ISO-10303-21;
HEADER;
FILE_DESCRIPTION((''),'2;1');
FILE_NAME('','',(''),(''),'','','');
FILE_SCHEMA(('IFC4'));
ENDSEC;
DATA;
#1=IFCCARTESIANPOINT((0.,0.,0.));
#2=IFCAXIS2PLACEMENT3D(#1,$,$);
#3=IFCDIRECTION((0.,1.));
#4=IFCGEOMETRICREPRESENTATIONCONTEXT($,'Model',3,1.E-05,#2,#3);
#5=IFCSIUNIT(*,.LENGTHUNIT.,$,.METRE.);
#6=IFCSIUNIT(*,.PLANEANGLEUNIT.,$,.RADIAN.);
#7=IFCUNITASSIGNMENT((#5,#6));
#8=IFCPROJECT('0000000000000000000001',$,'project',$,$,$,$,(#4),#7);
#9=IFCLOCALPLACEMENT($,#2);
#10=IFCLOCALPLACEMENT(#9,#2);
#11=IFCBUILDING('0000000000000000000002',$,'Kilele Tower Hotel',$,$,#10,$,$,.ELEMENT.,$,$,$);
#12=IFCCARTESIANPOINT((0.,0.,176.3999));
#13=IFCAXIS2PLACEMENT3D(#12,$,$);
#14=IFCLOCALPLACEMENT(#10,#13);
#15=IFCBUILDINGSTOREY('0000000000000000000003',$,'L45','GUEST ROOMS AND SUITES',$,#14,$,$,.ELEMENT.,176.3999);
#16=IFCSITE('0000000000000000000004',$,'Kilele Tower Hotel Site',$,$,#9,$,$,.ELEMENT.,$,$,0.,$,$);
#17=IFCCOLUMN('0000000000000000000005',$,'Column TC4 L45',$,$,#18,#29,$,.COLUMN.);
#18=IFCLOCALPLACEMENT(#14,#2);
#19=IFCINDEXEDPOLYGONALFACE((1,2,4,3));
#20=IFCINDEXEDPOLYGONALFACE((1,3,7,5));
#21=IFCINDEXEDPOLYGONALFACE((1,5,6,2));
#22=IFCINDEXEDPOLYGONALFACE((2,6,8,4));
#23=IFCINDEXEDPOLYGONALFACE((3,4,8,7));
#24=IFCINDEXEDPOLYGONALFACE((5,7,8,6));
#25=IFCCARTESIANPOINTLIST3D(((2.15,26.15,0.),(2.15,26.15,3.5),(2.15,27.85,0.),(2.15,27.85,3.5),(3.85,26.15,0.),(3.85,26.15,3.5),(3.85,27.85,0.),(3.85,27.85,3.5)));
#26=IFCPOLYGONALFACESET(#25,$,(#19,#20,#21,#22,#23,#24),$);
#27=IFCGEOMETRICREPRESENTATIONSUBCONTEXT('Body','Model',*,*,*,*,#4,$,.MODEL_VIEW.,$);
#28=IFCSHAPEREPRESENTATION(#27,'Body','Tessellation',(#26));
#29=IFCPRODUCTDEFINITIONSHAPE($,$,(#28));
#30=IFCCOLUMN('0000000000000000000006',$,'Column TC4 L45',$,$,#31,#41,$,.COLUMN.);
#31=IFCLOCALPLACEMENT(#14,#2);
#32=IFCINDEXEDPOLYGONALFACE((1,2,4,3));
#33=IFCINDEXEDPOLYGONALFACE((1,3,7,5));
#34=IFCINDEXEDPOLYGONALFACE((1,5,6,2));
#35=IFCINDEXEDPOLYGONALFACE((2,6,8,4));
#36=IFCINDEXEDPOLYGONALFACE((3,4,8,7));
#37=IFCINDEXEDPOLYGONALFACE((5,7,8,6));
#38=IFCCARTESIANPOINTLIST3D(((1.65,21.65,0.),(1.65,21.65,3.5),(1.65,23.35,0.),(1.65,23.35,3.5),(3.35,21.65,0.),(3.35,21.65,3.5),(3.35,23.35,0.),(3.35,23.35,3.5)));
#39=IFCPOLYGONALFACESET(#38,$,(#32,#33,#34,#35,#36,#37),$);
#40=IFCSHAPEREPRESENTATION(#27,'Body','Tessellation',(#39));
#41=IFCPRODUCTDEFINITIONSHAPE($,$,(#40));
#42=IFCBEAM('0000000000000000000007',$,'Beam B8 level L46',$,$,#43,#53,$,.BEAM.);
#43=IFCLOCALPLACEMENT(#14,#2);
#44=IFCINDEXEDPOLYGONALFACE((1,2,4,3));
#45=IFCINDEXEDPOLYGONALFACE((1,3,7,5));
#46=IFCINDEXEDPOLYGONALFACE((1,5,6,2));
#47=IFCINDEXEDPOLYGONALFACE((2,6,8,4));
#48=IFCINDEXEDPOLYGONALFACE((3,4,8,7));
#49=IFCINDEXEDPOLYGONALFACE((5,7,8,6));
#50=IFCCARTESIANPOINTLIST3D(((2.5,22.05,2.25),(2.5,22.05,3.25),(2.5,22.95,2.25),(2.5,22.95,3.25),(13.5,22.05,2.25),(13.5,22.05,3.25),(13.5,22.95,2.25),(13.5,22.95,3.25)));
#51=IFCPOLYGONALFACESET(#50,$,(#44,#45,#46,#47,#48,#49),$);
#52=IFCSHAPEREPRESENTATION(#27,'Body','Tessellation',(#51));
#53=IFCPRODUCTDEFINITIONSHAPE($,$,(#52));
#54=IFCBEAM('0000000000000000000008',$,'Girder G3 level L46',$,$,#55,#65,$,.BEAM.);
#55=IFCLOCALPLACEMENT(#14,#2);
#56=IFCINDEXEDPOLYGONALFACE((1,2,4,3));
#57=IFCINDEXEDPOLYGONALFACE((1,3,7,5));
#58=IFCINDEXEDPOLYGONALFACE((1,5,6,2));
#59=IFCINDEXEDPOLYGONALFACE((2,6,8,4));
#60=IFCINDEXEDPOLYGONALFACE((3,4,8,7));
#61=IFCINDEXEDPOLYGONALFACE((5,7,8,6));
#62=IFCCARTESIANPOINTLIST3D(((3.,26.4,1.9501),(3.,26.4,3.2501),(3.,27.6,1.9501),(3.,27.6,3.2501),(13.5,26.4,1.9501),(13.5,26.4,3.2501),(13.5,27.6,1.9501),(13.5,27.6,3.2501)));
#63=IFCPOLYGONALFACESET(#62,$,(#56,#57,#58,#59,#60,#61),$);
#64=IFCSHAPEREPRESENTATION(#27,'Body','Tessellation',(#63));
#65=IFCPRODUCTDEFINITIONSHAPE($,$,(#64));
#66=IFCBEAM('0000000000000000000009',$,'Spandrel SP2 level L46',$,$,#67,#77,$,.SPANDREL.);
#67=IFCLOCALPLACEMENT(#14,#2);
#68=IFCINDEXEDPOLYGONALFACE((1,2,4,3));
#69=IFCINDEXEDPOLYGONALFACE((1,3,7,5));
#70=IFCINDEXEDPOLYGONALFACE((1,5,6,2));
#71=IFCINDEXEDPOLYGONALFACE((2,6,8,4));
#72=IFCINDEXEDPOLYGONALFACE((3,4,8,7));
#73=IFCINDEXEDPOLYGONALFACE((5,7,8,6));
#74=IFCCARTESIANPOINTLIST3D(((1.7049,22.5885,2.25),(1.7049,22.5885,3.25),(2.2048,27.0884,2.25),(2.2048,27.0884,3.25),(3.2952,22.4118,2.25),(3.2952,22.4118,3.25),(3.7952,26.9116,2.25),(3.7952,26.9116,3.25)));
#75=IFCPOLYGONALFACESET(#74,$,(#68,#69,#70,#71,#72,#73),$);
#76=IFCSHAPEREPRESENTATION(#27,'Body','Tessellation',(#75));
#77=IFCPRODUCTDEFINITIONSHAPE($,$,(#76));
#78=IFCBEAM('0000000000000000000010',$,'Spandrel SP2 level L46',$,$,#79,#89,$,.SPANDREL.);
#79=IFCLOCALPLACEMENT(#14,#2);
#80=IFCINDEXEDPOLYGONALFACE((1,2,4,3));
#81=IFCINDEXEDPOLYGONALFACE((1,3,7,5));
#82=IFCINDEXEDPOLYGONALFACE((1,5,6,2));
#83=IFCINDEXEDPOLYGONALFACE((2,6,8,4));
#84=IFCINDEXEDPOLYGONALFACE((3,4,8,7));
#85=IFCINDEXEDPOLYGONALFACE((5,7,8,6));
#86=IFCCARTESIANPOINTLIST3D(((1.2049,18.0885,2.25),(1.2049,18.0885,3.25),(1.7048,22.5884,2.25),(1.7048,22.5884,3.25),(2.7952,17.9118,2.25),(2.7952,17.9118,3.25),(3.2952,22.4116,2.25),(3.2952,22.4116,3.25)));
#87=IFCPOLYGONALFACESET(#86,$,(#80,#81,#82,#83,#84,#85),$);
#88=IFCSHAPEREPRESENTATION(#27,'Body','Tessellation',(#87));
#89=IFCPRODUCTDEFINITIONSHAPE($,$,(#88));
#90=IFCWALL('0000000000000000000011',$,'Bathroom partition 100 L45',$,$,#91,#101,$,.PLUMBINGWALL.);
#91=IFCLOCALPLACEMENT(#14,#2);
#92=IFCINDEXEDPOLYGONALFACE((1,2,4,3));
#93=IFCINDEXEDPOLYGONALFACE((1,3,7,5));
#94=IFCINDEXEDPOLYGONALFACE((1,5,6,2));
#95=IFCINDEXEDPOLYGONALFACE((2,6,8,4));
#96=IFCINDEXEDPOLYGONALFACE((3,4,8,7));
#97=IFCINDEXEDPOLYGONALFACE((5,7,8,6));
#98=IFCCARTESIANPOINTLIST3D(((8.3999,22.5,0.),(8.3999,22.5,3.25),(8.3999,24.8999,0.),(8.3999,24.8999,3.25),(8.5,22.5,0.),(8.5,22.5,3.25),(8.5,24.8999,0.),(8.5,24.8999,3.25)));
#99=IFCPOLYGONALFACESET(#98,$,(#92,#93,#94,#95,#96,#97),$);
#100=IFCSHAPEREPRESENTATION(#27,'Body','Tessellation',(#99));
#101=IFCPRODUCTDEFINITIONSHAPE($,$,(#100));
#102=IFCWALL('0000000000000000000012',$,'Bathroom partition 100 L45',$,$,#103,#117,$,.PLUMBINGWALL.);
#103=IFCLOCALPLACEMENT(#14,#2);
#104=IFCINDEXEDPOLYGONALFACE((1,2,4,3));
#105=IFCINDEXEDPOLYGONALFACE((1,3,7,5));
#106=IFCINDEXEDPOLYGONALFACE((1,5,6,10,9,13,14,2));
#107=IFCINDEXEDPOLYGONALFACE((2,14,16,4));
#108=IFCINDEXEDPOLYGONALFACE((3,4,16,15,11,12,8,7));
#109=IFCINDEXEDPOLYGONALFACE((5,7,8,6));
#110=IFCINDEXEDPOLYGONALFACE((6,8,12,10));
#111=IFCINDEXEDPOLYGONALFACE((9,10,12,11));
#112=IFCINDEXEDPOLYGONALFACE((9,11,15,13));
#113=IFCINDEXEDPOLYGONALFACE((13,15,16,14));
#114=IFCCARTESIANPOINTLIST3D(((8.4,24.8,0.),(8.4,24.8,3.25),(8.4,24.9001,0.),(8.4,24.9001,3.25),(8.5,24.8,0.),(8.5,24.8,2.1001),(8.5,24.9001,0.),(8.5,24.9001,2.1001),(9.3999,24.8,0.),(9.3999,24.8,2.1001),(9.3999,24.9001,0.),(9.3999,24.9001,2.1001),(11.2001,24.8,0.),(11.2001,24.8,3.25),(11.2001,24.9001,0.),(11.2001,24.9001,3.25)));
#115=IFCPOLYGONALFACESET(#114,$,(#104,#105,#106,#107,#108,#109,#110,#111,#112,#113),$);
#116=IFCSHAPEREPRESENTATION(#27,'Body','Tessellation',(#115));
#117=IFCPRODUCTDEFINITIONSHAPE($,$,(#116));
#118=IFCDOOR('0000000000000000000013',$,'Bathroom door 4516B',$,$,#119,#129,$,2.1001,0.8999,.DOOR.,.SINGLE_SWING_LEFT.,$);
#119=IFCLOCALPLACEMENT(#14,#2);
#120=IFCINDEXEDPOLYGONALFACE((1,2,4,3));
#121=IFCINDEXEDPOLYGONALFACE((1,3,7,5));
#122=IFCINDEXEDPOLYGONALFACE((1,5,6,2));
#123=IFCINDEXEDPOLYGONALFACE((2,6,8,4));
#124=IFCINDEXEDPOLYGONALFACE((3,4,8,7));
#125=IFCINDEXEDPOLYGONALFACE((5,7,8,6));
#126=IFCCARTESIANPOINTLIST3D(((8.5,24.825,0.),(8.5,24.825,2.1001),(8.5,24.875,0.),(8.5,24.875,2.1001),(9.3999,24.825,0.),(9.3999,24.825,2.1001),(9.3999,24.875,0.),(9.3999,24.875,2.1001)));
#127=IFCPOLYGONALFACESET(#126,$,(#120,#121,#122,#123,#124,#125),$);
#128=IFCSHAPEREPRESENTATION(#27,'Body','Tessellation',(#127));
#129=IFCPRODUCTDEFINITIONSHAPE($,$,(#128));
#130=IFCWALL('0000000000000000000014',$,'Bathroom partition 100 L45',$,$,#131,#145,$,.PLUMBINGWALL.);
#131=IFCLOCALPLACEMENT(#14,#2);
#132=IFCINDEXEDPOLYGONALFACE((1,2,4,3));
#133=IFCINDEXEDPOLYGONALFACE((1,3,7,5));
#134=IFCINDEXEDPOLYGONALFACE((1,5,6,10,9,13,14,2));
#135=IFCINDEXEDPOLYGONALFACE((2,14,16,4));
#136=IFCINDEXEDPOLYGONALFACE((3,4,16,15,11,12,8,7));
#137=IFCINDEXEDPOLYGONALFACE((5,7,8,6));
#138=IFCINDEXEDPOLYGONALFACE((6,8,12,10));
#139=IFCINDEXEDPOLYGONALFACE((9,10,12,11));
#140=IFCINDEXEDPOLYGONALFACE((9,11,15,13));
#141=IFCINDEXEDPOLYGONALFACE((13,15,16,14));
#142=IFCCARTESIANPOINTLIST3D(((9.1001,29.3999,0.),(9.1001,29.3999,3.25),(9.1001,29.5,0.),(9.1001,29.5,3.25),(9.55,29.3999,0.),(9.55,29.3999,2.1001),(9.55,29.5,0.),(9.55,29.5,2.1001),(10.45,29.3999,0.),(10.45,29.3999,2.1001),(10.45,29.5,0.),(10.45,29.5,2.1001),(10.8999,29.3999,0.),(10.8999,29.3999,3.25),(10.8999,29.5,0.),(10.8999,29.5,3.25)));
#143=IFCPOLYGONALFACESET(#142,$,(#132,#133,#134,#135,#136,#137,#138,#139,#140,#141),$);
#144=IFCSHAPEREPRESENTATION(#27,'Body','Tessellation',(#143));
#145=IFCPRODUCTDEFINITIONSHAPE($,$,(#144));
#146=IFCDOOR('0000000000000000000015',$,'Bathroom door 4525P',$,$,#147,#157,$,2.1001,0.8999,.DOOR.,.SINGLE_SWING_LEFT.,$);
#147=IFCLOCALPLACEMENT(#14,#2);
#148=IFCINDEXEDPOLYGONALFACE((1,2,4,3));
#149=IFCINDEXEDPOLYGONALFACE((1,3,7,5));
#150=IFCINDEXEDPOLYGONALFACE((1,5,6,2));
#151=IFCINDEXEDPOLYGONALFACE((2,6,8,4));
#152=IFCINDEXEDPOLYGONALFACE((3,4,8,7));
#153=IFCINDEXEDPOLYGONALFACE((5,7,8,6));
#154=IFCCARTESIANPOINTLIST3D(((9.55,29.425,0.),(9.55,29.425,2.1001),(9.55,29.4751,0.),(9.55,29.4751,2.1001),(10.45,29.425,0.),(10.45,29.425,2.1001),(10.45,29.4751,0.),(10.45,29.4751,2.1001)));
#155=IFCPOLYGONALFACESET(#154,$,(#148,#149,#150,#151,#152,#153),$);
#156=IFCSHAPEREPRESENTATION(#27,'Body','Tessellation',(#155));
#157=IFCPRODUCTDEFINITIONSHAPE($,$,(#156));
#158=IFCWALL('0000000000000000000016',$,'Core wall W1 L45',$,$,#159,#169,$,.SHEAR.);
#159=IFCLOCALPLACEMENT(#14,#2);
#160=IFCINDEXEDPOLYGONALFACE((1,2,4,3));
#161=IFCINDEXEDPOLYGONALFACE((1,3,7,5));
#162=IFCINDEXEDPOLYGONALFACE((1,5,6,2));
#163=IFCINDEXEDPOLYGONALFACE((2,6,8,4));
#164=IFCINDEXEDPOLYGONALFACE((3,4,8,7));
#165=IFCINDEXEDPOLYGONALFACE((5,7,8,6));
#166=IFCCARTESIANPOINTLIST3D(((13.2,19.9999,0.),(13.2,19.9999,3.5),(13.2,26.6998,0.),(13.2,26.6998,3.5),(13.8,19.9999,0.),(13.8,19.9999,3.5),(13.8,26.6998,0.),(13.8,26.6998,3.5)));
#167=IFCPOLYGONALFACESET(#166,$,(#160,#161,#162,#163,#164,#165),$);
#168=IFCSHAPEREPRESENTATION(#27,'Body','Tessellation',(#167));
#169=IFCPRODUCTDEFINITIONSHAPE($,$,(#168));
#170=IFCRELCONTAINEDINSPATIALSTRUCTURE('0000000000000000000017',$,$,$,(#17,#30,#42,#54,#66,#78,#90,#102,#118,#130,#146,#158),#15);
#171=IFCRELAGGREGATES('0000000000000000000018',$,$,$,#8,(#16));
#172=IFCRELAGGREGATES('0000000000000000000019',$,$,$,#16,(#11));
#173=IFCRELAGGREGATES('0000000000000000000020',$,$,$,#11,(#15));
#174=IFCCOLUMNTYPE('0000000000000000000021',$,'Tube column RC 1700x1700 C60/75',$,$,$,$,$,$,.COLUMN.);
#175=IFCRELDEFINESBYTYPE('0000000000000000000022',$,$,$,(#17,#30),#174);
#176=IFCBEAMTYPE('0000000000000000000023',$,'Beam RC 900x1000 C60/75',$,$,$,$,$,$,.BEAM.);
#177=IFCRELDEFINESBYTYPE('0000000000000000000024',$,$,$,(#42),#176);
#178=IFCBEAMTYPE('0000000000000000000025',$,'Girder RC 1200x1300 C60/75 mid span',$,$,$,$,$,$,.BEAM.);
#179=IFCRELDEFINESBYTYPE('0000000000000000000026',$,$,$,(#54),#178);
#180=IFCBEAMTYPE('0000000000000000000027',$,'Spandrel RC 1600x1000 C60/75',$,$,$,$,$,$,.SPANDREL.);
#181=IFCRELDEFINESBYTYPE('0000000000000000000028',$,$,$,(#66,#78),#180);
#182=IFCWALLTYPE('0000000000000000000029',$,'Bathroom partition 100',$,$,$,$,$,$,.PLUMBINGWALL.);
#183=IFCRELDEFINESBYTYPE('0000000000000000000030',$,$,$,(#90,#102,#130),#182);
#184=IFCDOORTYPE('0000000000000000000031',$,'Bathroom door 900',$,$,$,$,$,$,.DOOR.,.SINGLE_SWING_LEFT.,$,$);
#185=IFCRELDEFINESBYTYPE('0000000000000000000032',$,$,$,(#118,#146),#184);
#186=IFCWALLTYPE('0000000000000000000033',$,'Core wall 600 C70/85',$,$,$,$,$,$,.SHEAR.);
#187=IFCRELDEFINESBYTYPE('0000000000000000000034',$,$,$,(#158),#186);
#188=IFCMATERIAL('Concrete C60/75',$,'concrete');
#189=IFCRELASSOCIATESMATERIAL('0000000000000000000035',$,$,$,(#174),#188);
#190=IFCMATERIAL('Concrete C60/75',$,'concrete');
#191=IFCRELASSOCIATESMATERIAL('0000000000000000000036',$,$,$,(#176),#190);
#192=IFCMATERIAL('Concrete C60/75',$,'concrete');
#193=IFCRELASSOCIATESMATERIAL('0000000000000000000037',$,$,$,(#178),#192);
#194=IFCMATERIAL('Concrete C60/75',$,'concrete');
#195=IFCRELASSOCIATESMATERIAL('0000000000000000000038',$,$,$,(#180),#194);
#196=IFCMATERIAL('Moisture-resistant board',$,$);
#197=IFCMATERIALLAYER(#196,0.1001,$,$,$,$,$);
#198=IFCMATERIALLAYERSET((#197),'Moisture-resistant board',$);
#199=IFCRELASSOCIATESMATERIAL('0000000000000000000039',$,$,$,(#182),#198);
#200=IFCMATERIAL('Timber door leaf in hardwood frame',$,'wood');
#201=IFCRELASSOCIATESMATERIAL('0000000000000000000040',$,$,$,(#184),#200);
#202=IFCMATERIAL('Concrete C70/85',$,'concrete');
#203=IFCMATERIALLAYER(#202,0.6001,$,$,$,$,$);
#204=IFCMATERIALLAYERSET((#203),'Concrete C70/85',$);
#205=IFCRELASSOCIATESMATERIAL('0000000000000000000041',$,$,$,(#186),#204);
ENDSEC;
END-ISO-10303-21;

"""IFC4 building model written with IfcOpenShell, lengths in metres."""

from ifc_helpers import new_model, si_unit, direction, frame, frame_2d, origin, origin_2d, place, context, subcontext, project, spatial, rectangle, extrude, material, layer, layer_set, material_profile, profile_set, type_object, element, fill, save


model = new_model("IFC4")

# Units and contexts
model_context = context("Model", 3, precision=1e-05, world=origin(), true_north=direction((0.0, 1.0)))
body_context = subcontext(model_context, "Body", "Model", "MODEL_VIEW")
ifc_project = project(units=[si_unit("LENGTHUNIT", "METRE"), si_unit("PLANEANGLEUNIT", "RADIAN")], contexts=[model_context])

# Site, building, storey
site_placement = place(None, origin())
site = spatial("IfcSite", under=ifc_project, at=site_placement, Name="Kilele Tower Hotel Site", CompositionType="ELEMENT", RefElevation=0.0)
building_placement = place(site_placement, origin())
building = spatial("IfcBuilding", under=site, at=building_placement, Name="Kilele Tower Hotel", CompositionType="ELEMENT")
storey_placement = place(building_placement, frame((0.0, 0.0, 176.3999)))
storey = spatial("IfcBuildingStorey", under=building, at=storey_placement, Name="L45", Description="GUEST ROOMS AND SUITES", CompositionType="ELEMENT", Elevation=176.3999)

# Columns
ifc_material_1 = material(Name="Concrete C60/75", Category="concrete")
ifc_material_profile_1 = material_profile(ifc_material_1, rectangle(XDim=1.7, YDim=1.7, at=origin_2d()))
ifc_profile_set_1 = profile_set([ifc_material_profile_1], Name="Concrete C60/75")
column_type = type_object("IfcColumnType", Name="Tube column RC 1700x1700 C60/75", PredefinedType="COLUMN", material=ifc_profile_set_1)
for number, where, z_axis, x_axis, name in (
    (1, (3.0, 27.0, 0.0), (0.0, 0.0, 1.0), (1.0, 0.0, 0.0), "Column TC4 L45"),
    (2, (2.5, 22.5, 0.0), (0.0, 0.0, 1.0), (1.0, 0.0, 0.0), "Column TC4 L45"),
):
    element("IfcColumn", number, at=place(storey_placement, frame(where, z_axis=z_axis, x_axis=x_axis)), inside=storey, type_object=column_type, Name=name, PredefinedType="COLUMN", context=body_context, shape_type="SweptSolid", body=[
        extrude(rectangle(XDim=1.7, YDim=1.7, at=origin_2d()), origin(), (0.0, 0.0, 1.0), 3.5),
    ])

# Beams
ifc_material_2 = material(Name="Concrete C60/75", Category="concrete")
ifc_material_profile_2 = material_profile(ifc_material_2, rectangle(XDim=0.8999, YDim=1.0, at=origin_2d()))
ifc_profile_set_2 = profile_set([ifc_material_profile_2], Name="Concrete C60/75")
beam_type_1 = type_object("IfcBeamType", Name="Beam RC 900x1000 C60/75", PredefinedType="BEAM", material=ifc_profile_set_2)
beam_1_placement = place(storey_placement, frame((2.5, 22.5, 2.75), z_axis=(1.0, 0.0, 0.0), x_axis=(0.0, 1.0, 0.0)))
element("IfcBeam", 3, at=beam_1_placement, inside=storey, type_object=beam_type_1, Name="Beam B8 level L46", PredefinedType="BEAM", context=body_context, shape_type="SweptSolid", body=[
    extrude(rectangle(XDim=0.8999, YDim=1.0, at=origin_2d()), origin(), (0.0, 0.0, 1.0), 11.0),
])
ifc_material_3 = material(Name="Concrete C60/75", Category="concrete")
ifc_material_profile_3 = material_profile(ifc_material_3, rectangle(XDim=1.2, YDim=1.3, at=origin_2d()))
ifc_profile_set_3 = profile_set([ifc_material_profile_3], Name="Concrete C60/75")
beam_type_2 = type_object("IfcBeamType", Name="Girder RC 1200x1300 C60/75 mid span", PredefinedType="BEAM", material=ifc_profile_set_3)
beam_2_placement = place(storey_placement, frame((3.0, 27.0, 2.6001), z_axis=(1.0, 0.0, 0.0), x_axis=(0.0, 1.0, 0.0)))
element("IfcBeam", 4, at=beam_2_placement, inside=storey, type_object=beam_type_2, Name="Girder G3 level L46", PredefinedType="BEAM", context=body_context, shape_type="SweptSolid", body=[
    extrude(rectangle(XDim=1.2, YDim=1.3, at=origin_2d()), origin(), (0.0, 0.0, 1.0), 10.5),
])
ifc_material_4 = material(Name="Concrete C60/75", Category="concrete")
ifc_material_profile_4 = material_profile(ifc_material_4, rectangle(XDim=1.6001, YDim=1.0, at=origin_2d()))
ifc_profile_set_4 = profile_set([ifc_material_profile_4], Name="Concrete C60/75")
beam_type_3 = type_object("IfcBeamType", Name="Spandrel RC 1600x1000 C60/75", PredefinedType="SPANDREL", material=ifc_profile_set_4)
for number, where, z_axis, x_axis, name in (
    (5, (3.0, 27.0, 2.75), (-0.110432, -0.993884, 0.0), (0.993884, -0.110432, 0.0), "Spandrel SP2 level L46"),
    (6, (2.5, 22.5, 2.75), (-0.110432, -0.993884, 0.0), (0.993884, -0.110432, 0.0), "Spandrel SP2 level L46"),
):
    element("IfcBeam", number, at=place(storey_placement, frame(where, z_axis=z_axis, x_axis=x_axis)), inside=storey, type_object=beam_type_3, Name=name, PredefinedType="SPANDREL", context=body_context, shape_type="SweptSolid", body=[
        extrude(rectangle(XDim=1.6001, YDim=1.0, at=origin_2d()), origin(), (0.0, 0.0, 1.0), 4.5276),
    ])

# Wall
ifc_material_5 = material(Name="Moisture-resistant board")
ifc_layer_1 = layer(ifc_material_5, 0.1001)
ifc_layer_set_1 = layer_set([ifc_layer_1], Name="Moisture-resistant board")
wall_type_1 = type_object("IfcWallType", Name="Bathroom partition 100", PredefinedType="PLUMBINGWALL", material=ifc_layer_set_1)
wall_1_placement = place(storey_placement, frame((8.45, 22.5, 0.0), z_axis=(0.0, 0.0, 1.0), x_axis=(0.0, 1.0, 0.0)))
element("IfcWall", 7, at=wall_1_placement, inside=storey, type_object=wall_type_1, Name="Bathroom partition 100 L45", PredefinedType="PLUMBINGWALL", context=body_context, shape_type="SweptSolid", body=[
    extrude(rectangle(XDim=2.3999, YDim=0.1001, at=frame_2d((1.2, 0.0))), origin(), (0.0, 0.0, 1.0), 3.25),
])

# Walls, openings, doors
wall_2_placement = place(storey_placement, frame((11.2, 24.8501, 0.0), z_axis=(0.0, 0.0, 1.0), x_axis=(-1.0, 0.0, 0.0)))
wall_2 = element("IfcWall", 8, at=wall_2_placement, inside=storey, type_object=wall_type_1, Name="Bathroom partition 100 L45", PredefinedType="PLUMBINGWALL", context=body_context, shape_type="SweptSolid", body=[
    extrude(rectangle(XDim=2.8, YDim=0.1001, at=frame_2d((1.3999, 0.0))), origin(), (0.0, 0.0, 1.0), 3.25),
])
opening_1_placement = place(wall_2_placement, frame((2.7, 0.0, 0.0), z_axis=(0.0, 0.0, 1.0), x_axis=(-1.0, 0.0, 0.0)))
opening_1 = element("IfcOpeningElement", 9, at=opening_1_placement, cuts=wall_2, PredefinedType="OPENING", context=body_context, shape_type="SweptSolid", body=[
    extrude(rectangle(XDim=0.8999, YDim=2.1001, at=frame_2d((0.45, 1.05))), frame((0.0, 0.0601, 0.0), z_axis=(0.0, -1.0, 0.0), x_axis=(1.0, 0.0, 0.0)), (0.0, 0.0, 1.0), 0.1201),
])
ifc_material_6 = material(Name="Timber door leaf in hardwood frame", Category="wood")
door_type_1 = type_object("IfcDoorType", Name="Bathroom door 900", OperationType="SINGLE_SWING_LEFT", PredefinedType="DOOR", material=ifc_material_6)
door_1_placement = place(opening_1_placement, origin())
door_1 = element("IfcDoor", 10, at=door_1_placement, inside=storey, type_object=door_type_1, Name="Bathroom door 4516B", OperationType="SINGLE_SWING_LEFT", OverallHeight=2.1001, OverallWidth=0.8999, PredefinedType="DOOR", context=body_context, shape_type="SweptSolid", body=[
    extrude(rectangle(XDim=0.8999, YDim=2.1001, at=frame_2d((0.45, 1.05))), frame((0.0, 0.0249, 0.0), z_axis=(0.0, -1.0, 0.0), x_axis=(1.0, 0.0, 0.0)), (0.0, 0.0, 1.0), 0.05),
])
fill(opening_1, door_1)
wall_3_placement = place(storey_placement, frame((10.8999, 29.45, 0.0), z_axis=(0.0, 0.0, 1.0), x_axis=(-1.0, 0.0, 0.0)))
wall_3 = element("IfcWall", 11, at=wall_3_placement, inside=storey, type_object=wall_type_1, Name="Bathroom partition 100 L45", PredefinedType="PLUMBINGWALL", context=body_context, shape_type="SweptSolid", body=[
    extrude(rectangle(XDim=1.7998, YDim=0.1001, at=frame_2d((0.8999, 0.0))), origin(), (0.0, 0.0, 1.0), 3.25),
])
opening_2_placement = place(wall_3_placement, frame((0.45, 0.0, 0.0)))
opening_2 = element("IfcOpeningElement", 12, at=opening_2_placement, cuts=wall_3, PredefinedType="OPENING", context=body_context, shape_type="SweptSolid", body=[
    extrude(rectangle(XDim=0.8999, YDim=2.1001, at=frame_2d((0.45, 1.05))), frame((0.0, 0.0601, 0.0), z_axis=(0.0, -1.0, 0.0), x_axis=(1.0, 0.0, 0.0)), (0.0, 0.0, 1.0), 0.1201),
])
door_2_placement = place(opening_2_placement, origin())
door_2 = element("IfcDoor", 13, at=door_2_placement, inside=storey, type_object=door_type_1, Name="Bathroom door 4525P", OperationType="SINGLE_SWING_LEFT", OverallHeight=2.1001, OverallWidth=0.8999, PredefinedType="DOOR", context=body_context, shape_type="SweptSolid", body=[
    extrude(rectangle(XDim=0.8999, YDim=2.1001, at=frame_2d((0.45, 1.05))), frame((0.0, 0.0249, 0.0), z_axis=(0.0, -1.0, 0.0), x_axis=(1.0, 0.0, 0.0)), (0.0, 0.0, 1.0), 0.05),
])
fill(opening_2, door_2)

# Wall
ifc_material_7 = material(Name="Concrete C70/85", Category="concrete")
ifc_layer_2 = layer(ifc_material_7, 0.6001)
ifc_layer_set_2 = layer_set([ifc_layer_2], Name="Concrete C70/85")
wall_type_2 = type_object("IfcWallType", Name="Core wall 600 C70/85", PredefinedType="SHEAR", material=ifc_layer_set_2)
wall_4_placement = place(storey_placement, frame((13.5, 26.7, 0.0), z_axis=(0.0, 0.0, 1.0), x_axis=(0.0, -1.0, 0.0)))
element("IfcWall", 14, at=wall_4_placement, inside=storey, type_object=wall_type_2, Name="Core wall W1 L45", PredefinedType="SHEAR", context=body_context, shape_type="SweptSolid", body=[
    extrude(rectangle(XDim=6.7, YDim=0.6001, at=frame_2d((3.3501, 0.0))), origin(), (0.0, 0.0, 1.0), 3.5),
])

save(model, "model.ifc")
